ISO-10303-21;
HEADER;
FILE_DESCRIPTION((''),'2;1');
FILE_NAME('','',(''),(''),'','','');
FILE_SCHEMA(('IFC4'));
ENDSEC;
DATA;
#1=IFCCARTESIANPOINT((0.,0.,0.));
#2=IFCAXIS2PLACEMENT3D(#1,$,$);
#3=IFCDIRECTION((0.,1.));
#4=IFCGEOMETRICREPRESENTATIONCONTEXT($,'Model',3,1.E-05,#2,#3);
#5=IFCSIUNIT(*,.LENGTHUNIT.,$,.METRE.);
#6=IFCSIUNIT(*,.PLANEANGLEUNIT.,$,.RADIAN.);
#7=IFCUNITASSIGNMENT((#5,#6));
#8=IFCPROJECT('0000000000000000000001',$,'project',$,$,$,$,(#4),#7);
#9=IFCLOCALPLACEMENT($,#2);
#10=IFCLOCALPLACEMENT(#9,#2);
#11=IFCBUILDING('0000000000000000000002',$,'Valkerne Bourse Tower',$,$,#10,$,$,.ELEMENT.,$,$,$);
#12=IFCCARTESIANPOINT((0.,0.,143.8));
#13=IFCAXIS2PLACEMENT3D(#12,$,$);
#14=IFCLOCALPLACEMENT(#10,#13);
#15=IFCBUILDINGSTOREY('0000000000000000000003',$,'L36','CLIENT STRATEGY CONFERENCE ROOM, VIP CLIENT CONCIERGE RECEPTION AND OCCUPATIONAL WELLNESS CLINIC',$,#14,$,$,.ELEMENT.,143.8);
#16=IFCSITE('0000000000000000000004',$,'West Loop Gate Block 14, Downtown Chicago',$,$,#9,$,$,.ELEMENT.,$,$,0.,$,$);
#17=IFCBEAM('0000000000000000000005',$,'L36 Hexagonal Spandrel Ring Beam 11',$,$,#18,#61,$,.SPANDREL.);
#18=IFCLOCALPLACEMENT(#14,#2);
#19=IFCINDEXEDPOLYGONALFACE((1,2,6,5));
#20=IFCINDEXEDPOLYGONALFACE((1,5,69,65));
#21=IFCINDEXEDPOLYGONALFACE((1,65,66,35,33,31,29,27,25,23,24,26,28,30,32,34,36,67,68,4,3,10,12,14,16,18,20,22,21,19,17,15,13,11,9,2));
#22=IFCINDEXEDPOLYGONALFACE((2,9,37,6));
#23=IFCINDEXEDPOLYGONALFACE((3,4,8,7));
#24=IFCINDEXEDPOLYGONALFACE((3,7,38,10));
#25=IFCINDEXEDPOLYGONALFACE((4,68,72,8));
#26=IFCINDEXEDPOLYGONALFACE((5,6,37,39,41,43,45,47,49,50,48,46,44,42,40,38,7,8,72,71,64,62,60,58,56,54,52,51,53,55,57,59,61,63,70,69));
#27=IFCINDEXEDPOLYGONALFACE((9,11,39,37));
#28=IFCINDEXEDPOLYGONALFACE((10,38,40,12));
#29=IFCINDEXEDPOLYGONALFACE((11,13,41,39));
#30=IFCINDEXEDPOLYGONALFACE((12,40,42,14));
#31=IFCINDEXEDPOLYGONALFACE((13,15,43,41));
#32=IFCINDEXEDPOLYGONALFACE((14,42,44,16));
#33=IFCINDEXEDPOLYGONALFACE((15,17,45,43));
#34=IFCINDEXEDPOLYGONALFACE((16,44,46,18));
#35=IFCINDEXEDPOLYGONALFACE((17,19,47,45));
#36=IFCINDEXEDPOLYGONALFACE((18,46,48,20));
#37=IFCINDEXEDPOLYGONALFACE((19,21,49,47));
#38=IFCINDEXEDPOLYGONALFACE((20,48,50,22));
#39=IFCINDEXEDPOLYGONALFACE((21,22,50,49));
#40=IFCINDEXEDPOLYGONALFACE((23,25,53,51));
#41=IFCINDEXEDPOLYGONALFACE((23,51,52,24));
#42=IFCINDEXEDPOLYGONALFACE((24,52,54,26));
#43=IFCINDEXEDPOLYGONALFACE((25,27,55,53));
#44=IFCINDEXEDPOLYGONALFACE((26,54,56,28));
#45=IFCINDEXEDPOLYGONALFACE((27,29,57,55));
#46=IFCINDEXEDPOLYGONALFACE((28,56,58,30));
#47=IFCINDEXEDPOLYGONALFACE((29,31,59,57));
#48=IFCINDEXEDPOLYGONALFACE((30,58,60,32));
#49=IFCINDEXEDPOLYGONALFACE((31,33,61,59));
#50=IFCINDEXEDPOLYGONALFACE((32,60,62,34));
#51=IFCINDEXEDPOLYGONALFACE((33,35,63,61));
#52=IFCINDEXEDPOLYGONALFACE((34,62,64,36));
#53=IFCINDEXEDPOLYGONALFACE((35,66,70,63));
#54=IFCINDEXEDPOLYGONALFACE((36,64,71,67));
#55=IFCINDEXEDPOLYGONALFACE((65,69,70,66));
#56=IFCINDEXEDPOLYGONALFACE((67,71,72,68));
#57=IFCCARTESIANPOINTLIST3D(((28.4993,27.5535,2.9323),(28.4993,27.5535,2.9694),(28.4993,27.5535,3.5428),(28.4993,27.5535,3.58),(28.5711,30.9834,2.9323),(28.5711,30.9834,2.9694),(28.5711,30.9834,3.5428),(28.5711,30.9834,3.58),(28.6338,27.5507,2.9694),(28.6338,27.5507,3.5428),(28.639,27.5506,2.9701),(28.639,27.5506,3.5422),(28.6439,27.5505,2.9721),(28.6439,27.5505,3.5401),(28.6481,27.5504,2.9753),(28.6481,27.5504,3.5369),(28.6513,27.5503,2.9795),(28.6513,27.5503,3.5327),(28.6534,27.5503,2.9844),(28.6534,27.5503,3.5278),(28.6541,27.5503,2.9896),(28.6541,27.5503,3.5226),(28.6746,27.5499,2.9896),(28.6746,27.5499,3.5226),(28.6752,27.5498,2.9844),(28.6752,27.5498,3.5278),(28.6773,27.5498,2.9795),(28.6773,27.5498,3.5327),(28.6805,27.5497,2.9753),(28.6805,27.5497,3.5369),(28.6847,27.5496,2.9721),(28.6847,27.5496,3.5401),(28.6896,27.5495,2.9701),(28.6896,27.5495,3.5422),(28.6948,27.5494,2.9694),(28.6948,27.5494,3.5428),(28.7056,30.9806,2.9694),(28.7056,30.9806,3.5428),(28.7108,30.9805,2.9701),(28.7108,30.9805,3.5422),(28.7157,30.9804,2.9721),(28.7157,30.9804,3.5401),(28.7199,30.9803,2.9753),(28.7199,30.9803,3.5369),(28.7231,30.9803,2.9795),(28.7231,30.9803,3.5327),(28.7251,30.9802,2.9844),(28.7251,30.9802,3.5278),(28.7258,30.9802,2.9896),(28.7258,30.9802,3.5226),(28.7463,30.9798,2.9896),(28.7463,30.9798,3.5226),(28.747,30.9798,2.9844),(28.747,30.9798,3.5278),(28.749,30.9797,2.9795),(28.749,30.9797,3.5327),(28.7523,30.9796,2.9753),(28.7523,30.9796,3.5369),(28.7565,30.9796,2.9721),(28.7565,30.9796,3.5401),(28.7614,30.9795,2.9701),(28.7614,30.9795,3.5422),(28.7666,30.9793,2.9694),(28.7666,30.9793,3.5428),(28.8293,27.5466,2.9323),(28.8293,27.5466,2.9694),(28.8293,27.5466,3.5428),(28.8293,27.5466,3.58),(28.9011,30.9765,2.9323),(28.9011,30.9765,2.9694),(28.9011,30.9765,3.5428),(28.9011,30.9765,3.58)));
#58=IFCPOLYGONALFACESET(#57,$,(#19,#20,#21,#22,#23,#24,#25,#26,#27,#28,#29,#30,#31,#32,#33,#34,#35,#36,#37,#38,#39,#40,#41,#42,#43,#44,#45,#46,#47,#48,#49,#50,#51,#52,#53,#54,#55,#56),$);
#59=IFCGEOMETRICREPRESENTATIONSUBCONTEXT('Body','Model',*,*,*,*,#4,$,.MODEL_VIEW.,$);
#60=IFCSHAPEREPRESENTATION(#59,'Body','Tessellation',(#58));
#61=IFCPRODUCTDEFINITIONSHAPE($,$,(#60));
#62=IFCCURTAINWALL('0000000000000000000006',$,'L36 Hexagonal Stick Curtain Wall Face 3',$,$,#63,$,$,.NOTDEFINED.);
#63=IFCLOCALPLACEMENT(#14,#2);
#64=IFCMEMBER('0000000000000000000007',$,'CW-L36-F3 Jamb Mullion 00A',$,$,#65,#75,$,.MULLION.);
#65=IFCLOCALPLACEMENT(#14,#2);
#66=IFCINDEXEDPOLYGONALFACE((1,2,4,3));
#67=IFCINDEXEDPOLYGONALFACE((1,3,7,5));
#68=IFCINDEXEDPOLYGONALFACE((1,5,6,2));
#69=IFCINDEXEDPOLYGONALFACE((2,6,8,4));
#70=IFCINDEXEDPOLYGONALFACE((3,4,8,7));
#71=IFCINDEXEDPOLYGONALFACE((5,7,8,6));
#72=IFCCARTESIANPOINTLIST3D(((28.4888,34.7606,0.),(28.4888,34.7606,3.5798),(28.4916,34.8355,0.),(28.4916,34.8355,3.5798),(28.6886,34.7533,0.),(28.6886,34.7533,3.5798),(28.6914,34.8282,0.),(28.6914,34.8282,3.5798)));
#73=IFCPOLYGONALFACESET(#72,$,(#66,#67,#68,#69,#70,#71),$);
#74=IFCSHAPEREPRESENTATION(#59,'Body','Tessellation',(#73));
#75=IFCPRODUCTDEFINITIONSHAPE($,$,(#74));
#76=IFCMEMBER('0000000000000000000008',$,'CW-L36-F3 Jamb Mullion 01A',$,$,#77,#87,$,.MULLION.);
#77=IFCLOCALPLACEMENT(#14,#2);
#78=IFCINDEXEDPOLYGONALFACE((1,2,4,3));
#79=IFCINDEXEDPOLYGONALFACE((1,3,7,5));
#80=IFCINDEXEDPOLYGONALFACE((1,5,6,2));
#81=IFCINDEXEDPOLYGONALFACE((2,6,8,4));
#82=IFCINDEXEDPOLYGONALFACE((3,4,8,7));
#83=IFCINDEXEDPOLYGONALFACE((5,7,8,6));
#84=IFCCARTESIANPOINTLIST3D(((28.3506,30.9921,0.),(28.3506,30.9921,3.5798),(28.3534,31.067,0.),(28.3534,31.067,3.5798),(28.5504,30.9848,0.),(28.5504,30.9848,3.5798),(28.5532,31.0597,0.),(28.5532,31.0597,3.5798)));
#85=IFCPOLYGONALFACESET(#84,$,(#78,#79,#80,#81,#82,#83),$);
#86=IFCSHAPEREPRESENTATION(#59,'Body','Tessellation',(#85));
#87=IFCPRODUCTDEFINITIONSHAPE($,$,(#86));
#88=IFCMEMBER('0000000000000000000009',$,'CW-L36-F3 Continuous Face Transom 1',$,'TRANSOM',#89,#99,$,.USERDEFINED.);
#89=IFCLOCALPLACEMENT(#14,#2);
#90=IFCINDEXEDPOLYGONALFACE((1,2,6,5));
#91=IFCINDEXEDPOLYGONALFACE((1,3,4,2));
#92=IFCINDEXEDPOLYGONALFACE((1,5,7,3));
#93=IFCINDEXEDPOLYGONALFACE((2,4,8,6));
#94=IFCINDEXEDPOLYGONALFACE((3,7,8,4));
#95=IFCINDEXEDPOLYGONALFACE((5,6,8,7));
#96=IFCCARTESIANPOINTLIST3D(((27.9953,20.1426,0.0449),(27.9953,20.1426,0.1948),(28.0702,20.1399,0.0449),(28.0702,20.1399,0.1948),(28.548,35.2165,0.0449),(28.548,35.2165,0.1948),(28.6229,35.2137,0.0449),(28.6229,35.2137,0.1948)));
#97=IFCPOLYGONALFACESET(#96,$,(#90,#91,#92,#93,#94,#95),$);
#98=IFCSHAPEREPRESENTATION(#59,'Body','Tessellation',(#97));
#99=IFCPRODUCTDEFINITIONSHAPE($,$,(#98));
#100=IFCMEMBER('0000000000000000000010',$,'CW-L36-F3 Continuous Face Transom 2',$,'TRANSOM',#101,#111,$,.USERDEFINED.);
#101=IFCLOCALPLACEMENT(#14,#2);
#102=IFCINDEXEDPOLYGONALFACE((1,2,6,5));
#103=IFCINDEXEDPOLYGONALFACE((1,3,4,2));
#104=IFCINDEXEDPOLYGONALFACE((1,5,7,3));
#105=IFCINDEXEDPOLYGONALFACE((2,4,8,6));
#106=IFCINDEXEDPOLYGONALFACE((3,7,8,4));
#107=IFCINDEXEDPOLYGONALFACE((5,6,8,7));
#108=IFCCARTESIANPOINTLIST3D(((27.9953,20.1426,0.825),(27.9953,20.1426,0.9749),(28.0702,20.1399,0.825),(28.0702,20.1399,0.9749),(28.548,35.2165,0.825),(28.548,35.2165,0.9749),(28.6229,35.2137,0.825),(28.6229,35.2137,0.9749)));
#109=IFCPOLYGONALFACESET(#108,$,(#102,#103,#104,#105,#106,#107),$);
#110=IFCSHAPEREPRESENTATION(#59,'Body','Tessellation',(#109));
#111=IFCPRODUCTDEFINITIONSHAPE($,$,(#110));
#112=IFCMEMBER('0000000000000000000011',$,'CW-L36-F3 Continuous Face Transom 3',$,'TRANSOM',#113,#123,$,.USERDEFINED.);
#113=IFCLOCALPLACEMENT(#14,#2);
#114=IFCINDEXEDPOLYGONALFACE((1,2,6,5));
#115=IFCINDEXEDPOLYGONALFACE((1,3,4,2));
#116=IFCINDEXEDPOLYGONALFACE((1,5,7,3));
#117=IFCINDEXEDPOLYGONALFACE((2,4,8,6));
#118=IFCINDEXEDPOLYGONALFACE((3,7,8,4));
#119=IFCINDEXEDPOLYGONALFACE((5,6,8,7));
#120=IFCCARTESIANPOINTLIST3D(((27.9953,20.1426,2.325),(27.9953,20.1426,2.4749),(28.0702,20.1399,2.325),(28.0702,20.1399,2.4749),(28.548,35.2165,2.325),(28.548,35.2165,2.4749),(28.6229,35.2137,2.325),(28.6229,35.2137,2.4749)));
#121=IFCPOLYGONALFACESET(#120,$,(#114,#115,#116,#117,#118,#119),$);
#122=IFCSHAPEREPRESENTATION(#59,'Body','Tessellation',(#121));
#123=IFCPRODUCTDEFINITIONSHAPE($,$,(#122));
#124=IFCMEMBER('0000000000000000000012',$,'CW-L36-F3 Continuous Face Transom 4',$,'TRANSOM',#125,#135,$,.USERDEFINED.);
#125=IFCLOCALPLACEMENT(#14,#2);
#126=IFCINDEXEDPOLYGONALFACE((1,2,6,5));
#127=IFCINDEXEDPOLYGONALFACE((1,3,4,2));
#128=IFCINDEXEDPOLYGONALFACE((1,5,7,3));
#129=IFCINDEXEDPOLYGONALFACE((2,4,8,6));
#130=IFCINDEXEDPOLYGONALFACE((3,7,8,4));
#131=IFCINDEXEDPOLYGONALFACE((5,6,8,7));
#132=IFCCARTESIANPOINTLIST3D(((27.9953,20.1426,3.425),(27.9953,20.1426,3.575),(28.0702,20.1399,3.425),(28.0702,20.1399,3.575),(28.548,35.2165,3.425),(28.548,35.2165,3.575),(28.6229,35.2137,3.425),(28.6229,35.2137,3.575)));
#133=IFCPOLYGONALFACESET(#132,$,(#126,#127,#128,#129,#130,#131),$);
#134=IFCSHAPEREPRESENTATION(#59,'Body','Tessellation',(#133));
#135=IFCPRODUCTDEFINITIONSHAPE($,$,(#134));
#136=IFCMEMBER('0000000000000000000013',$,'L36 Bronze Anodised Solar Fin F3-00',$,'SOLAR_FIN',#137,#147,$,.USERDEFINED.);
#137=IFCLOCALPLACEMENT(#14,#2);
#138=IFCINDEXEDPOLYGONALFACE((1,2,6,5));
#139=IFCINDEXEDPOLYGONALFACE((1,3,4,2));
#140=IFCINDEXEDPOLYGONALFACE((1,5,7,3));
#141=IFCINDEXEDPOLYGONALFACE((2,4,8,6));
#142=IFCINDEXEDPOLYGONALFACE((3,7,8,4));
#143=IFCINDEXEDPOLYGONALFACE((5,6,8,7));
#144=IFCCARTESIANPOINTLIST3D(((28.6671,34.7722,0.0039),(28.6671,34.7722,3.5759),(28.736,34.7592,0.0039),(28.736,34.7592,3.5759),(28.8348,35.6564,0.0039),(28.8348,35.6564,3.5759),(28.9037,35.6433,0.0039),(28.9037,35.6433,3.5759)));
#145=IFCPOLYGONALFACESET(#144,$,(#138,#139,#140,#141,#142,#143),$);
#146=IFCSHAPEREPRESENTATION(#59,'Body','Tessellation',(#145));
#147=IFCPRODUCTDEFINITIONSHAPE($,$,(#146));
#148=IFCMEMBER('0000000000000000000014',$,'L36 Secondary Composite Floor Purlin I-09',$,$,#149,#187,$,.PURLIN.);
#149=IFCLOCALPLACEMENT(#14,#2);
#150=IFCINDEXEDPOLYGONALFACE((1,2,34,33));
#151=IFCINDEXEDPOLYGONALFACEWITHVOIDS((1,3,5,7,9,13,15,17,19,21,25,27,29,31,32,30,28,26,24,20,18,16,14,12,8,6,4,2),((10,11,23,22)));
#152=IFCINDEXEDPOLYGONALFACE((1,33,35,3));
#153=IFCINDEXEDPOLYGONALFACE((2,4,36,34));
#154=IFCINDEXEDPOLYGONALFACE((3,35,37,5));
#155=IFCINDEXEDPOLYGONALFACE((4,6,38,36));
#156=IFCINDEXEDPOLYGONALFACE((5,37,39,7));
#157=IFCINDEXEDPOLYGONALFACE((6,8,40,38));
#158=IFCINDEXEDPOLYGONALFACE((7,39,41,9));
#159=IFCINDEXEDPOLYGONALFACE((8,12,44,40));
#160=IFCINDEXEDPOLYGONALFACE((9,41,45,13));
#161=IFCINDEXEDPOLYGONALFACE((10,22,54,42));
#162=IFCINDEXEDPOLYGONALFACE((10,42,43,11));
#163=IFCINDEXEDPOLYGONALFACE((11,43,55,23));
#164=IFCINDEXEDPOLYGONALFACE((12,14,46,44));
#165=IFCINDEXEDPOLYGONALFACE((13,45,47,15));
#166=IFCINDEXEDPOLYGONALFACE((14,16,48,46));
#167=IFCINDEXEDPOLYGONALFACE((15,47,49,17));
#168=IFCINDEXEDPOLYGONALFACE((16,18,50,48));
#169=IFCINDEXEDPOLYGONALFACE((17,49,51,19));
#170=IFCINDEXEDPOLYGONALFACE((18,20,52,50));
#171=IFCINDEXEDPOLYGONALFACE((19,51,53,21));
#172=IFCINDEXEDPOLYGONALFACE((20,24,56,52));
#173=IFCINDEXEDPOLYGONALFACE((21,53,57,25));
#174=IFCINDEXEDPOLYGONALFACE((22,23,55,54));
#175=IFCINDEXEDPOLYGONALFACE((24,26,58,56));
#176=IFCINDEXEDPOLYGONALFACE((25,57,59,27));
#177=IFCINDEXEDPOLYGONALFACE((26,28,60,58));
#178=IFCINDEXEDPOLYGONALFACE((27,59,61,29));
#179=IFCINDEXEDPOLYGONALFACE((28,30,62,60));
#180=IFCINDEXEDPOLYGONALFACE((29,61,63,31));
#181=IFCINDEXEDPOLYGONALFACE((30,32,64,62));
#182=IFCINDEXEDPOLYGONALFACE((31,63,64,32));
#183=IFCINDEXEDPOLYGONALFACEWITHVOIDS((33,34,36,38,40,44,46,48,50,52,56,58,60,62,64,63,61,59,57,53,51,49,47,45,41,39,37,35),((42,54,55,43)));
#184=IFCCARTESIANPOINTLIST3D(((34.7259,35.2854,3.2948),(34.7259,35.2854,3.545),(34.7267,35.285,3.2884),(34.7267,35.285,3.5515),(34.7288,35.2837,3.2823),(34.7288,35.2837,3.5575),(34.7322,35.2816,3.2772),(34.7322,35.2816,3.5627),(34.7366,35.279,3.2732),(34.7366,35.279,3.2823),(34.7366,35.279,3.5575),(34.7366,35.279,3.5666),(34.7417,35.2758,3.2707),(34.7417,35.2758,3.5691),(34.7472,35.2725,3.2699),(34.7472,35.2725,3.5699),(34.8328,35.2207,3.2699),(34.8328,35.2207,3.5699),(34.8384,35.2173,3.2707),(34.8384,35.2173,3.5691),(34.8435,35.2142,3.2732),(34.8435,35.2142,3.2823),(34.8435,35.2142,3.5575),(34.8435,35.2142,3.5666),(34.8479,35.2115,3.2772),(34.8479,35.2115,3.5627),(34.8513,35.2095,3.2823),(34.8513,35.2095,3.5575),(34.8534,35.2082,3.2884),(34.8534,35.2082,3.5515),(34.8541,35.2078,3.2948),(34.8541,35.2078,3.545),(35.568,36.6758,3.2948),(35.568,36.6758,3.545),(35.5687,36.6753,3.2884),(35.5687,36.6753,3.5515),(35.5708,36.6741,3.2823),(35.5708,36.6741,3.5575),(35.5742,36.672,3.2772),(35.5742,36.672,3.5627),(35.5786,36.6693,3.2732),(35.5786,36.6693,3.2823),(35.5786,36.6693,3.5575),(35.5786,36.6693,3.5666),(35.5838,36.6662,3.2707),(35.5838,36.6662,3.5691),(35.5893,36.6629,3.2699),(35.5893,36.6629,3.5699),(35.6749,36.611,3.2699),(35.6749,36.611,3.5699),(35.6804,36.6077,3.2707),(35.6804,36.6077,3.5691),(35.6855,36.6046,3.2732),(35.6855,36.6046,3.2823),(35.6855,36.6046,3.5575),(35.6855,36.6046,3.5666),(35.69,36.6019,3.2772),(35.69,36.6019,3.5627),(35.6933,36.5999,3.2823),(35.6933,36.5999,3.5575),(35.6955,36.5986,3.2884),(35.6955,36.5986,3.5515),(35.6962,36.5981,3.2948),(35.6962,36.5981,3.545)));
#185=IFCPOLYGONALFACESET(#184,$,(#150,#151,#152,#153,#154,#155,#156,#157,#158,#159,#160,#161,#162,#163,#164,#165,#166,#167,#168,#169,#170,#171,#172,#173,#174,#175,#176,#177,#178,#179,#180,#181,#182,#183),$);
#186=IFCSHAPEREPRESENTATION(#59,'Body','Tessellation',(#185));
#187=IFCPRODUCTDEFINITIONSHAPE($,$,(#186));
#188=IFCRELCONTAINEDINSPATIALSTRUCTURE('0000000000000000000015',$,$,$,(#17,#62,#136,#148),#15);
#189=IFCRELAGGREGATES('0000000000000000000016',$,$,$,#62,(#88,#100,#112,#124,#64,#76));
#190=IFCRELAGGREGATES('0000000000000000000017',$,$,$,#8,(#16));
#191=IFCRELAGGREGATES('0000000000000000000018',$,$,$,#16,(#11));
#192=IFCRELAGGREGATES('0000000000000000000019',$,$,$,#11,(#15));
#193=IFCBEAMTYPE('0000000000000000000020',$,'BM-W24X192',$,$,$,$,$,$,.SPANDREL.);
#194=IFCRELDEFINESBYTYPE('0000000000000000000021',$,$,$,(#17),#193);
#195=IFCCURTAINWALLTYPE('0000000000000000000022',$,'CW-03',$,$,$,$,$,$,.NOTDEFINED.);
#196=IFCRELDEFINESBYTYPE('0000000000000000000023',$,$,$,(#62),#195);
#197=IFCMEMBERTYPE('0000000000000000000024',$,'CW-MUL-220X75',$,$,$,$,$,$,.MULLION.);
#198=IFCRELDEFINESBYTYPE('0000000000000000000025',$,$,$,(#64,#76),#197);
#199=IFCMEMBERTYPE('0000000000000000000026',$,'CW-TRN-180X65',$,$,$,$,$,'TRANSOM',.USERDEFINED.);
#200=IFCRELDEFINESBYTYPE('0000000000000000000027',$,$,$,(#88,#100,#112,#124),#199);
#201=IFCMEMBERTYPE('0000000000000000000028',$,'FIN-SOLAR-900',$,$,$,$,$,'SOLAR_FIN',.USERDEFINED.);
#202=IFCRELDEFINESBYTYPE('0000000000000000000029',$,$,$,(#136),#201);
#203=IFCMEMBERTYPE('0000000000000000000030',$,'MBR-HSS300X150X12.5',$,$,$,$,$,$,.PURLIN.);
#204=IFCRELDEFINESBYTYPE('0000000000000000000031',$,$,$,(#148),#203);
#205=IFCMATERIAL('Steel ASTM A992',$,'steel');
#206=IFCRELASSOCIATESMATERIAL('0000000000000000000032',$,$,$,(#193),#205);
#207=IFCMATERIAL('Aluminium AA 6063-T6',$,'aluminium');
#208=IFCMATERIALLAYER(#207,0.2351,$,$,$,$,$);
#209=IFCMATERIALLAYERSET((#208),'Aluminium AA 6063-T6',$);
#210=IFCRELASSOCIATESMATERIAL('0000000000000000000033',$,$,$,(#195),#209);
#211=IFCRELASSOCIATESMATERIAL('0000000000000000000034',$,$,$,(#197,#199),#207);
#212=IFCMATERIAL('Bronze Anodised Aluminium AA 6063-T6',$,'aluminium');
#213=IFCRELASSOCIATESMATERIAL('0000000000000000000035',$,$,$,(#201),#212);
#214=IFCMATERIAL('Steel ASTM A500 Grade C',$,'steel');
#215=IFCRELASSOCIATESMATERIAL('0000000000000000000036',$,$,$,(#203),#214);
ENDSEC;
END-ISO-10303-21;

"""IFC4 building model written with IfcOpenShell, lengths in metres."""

from ifc_helpers import new_model, si_unit, direction, frame, origin, origin_2d, place, context, subcontext, project, spatial, rectangle, hollow_rectangle, i_section, extrude, material, layer, layer_set, material_profile, profile_set, type_object, element, aggregate, save


model = new_model("IFC4")

# Units and contexts
model_context = context("Model", 3, precision=1e-05, world=origin(), true_north=direction((0.0, 1.0)))
body_context = subcontext(model_context, "Body", "Model", "MODEL_VIEW")
ifc_project = project(units=[si_unit("LENGTHUNIT", "METRE"), si_unit("PLANEANGLEUNIT", "RADIAN")], contexts=[model_context])

# Site, building, storey
site_placement = place(None, origin())
site = spatial("IfcSite", under=ifc_project, at=site_placement, Name="West Loop Gate Block 14, Downtown Chicago", CompositionType="ELEMENT", RefElevation=0.0)
building_placement = place(site_placement, origin())
building = spatial("IfcBuilding", under=site, at=building_placement, Name="Valkerne Bourse Tower", CompositionType="ELEMENT")
storey_placement = place(building_placement, frame((0.0, 0.0, 143.8)))
storey = spatial("IfcBuildingStorey", under=building, at=storey_placement, Name="L36", Description="CLIENT STRATEGY CONFERENCE ROOM, VIP CLIENT CONCIERGE RECEPTION AND OCCUPATIONAL WELLNESS CLINIC", CompositionType="ELEMENT", Elevation=143.8)

# Beam
ifc_material_1 = material(Name="Steel ASTM A992", Category="steel")
ifc_material_profile_1 = material_profile(ifc_material_1, i_section(OverallWidth=0.3301, OverallDepth=0.6477, WebThickness=0.0205, FlangeThickness=0.0371, FilletRadius=0.0203, at=origin_2d()), Name="W24X192")
ifc_profile_set_1 = profile_set([ifc_material_profile_1], Name="Steel ASTM A992")
beam_type_1 = type_object("IfcBeamType", Name="BM-W24X192", PredefinedType="SPANDREL", material=ifc_profile_set_1)
beam_1_placement = place(storey_placement, frame((28.7361, 30.98, 3.2561), z_axis=(-0.020922, -0.999781, 0.0), x_axis=(0.999781, -0.020922, 0.0)))
element("IfcBeam", 1, at=beam_1_placement, inside=storey, type_object=beam_type_1, Name="L36 Hexagonal Spandrel Ring Beam 11", PredefinedType="SPANDREL", context=body_context, shape_type="SweptSolid", body=[
    extrude(i_section(OverallWidth=0.3301, OverallDepth=0.6477, WebThickness=0.0205, FlangeThickness=0.0371, FilletRadius=0.0203, at=origin_2d()), origin(), (0.0, 0.0, 1.0), 3.4307),
])

# Curtain wall, members
ifc_material_2 = material(Name="Aluminium AA 6063-T6", Category="aluminium")
ifc_layer_1 = layer(ifc_material_2, 0.2351)
ifc_layer_set_1 = layer_set([ifc_layer_1], Name="Aluminium AA 6063-T6")
curtain_wall_type = type_object("IfcCurtainWallType", Name="CW-03", PredefinedType="NOTDEFINED", material=ifc_layer_set_1)
curtain_wall_placement = place(storey_placement, origin())
curtain_wall = element("IfcCurtainWall", 2, at=curtain_wall_placement, inside=storey, type_object=curtain_wall_type, Name="L36 Hexagonal Stick Curtain Wall Face 3", PredefinedType="NOTDEFINED")
ifc_material_profile_2 = material_profile(ifc_material_2, rectangle(XDim=0.075, YDim=0.2, at=origin_2d()), Name="CWM-75X200")
ifc_profile_set_2 = profile_set([ifc_material_profile_2], Name="Aluminium AA 6063-T6")
member_type_1 = type_object("IfcMemberType", Name="CW-MUL-220X75", PredefinedType="MULLION", material=ifc_profile_set_2)
member_1_placement = place(storey_placement, frame((28.5901, 34.7944, 0.0), z_axis=(0.0, 0.0, 1.0), x_axis=(-0.036648, -0.999328, 0.0)))
member_1 = element("IfcMember", 3, at=member_1_placement, type_object=member_type_1, Name="CW-L36-F3 Jamb Mullion 00A", PredefinedType="MULLION", context=body_context, shape_type="SweptSolid", body=[
    extrude(rectangle(XDim=0.075, YDim=0.2, at=origin_2d()), origin(), (0.0, 0.0, 1.0), 3.5798),
])
member_2_placement = place(storey_placement, frame((28.4519, 31.0259, 0.0), z_axis=(0.0, 0.0, 1.0), x_axis=(-0.036621, -0.999329, 0.0)))
member_2 = element("IfcMember", 4, at=member_2_placement, type_object=member_type_1, Name="CW-L36-F3 Jamb Mullion 01A", PredefinedType="MULLION", context=body_context, shape_type="SweptSolid", body=[
    extrude(rectangle(XDim=0.075, YDim=0.2, at=origin_2d()), origin(), (0.0, 0.0, 1.0), 3.5798),
])
ifc_material_profile_3 = material_profile(ifc_material_2, rectangle(XDim=0.075, YDim=0.1499, at=origin_2d()), Name="CWT-75X150")
ifc_profile_set_3 = profile_set([ifc_material_profile_3], Name="Aluminium AA 6063-T6")
member_type_2 = type_object("IfcMemberType", Name="CW-TRN-180X65", ElementType="TRANSOM", PredefinedType="USERDEFINED", material=ifc_profile_set_3)
member_3_placement = place(storey_placement, frame((28.5854, 35.2151, 0.1199), z_axis=(-0.036643, -0.999328, 0.0), x_axis=(0.999328, -0.036643, 0.0)))
member_3 = element("IfcMember", 5, at=member_3_placement, type_object=member_type_2, Name="CW-L36-F3 Continuous Face Transom 1", ObjectType="TRANSOM", PredefinedType="USERDEFINED", context=body_context, shape_type="SweptSolid", body=[
    extrude(rectangle(XDim=0.075, YDim=0.1499, at=origin_2d()), origin(), (0.0, 0.0, 1.0), 15.084),
])
member_4_placement = place(storey_placement, frame((28.5854, 35.2151, 0.8999), z_axis=(-0.036643, -0.999328, 0.0), x_axis=(0.999328, -0.036643, 0.0)))
member_4 = element("IfcMember", 6, at=member_4_placement, type_object=member_type_2, Name="CW-L36-F3 Continuous Face Transom 2", ObjectType="TRANSOM", PredefinedType="USERDEFINED", context=body_context, shape_type="SweptSolid", body=[
    extrude(rectangle(XDim=0.075, YDim=0.1499, at=origin_2d()), origin(), (0.0, 0.0, 1.0), 15.084),
])
member_5_placement = place(storey_placement, frame((28.5854, 35.2151, 2.3999), z_axis=(-0.036643, -0.999328, 0.0), x_axis=(0.999328, -0.036643, 0.0)))
member_5 = element("IfcMember", 7, at=member_5_placement, type_object=member_type_2, Name="CW-L36-F3 Continuous Face Transom 3", ObjectType="TRANSOM", PredefinedType="USERDEFINED", context=body_context, shape_type="SweptSolid", body=[
    extrude(rectangle(XDim=0.075, YDim=0.1499, at=origin_2d()), origin(), (0.0, 0.0, 1.0), 15.084),
])
member_6_placement = place(storey_placement, frame((28.5854, 35.2151, 3.5), z_axis=(-0.036643, -0.999328, 0.0), x_axis=(0.999328, -0.036643, 0.0)))
member_6 = element("IfcMember", 8, at=member_6_placement, type_object=member_type_2, Name="CW-L36-F3 Continuous Face Transom 4", ObjectType="TRANSOM", PredefinedType="USERDEFINED", context=body_context, shape_type="SweptSolid", body=[
    extrude(rectangle(XDim=0.075, YDim=0.1499, at=origin_2d()), origin(), (0.0, 0.0, 1.0), 15.084),
])

# Members
ifc_material_3 = material(Name="Bronze Anodised Aluminium AA 6063-T6", Category="aluminium")
ifc_material_profile_4 = material_profile(ifc_material_3, rectangle(XDim=0.0701, YDim=0.8999, at=origin_2d()), Name="FIN-70X900")
ifc_profile_set_4 = profile_set([ifc_material_profile_4], Name="Bronze Anodised Aluminium AA 6063-T6")
member_type_3 = type_object("IfcMemberType", Name="FIN-SOLAR-900", ElementType="SOLAR_FIN", PredefinedType="USERDEFINED", material=ifc_profile_set_4)
member_7_placement = place(storey_placement, frame((28.7854, 35.2078, 0.0039), z_axis=(0.0, 0.0, 1.0), x_axis=(-0.982487, 0.186332, 0.0)))
element("IfcMember", 9, at=member_7_placement, inside=storey, type_object=member_type_3, Name="L36 Bronze Anodised Solar Fin F3-00", ObjectType="SOLAR_FIN", PredefinedType="USERDEFINED", context=body_context, shape_type="SweptSolid", body=[
    extrude(rectangle(XDim=0.0701, YDim=0.8999, at=origin_2d()), origin(), (0.0, 0.0, 1.0), 3.572),
])
ifc_material_4 = material(Name="Steel ASTM A500 Grade C", Category="steel")
ifc_material_profile_5 = material_profile(ifc_material_4, hollow_rectangle(XDim=0.1499, YDim=0.3, WallThickness=0.0125, OuterFilletRadius=0.0249, at=origin_2d()), Name="HSS300X150X12.5")
ifc_profile_set_5 = profile_set([ifc_material_profile_5], Name="Steel ASTM A500 Grade C")
member_type_4 = type_object("IfcMemberType", Name="MBR-HSS300X150X12.5", PredefinedType="PURLIN", material=ifc_profile_set_5)
member_8_placement = place(storey_placement, frame((35.6321, 36.637, 3.4199), z_axis=(-0.518025, -0.855365, 0.0), x_axis=(0.855365, -0.518025, 0.0)))
element("IfcMember", 10, at=member_8_placement, inside=storey, type_object=member_type_4, Name="L36 Secondary Composite Floor Purlin I-09", PredefinedType="PURLIN", context=body_context, shape_type="SweptSolid", body=[
    extrude(hollow_rectangle(XDim=0.1499, YDim=0.3, WallThickness=0.0125, OuterFilletRadius=0.0249, at=origin_2d()), origin(), (0.0, 0.0, 1.0), 1.6255),
])

aggregate(curtain_wall, [member_3, member_4, member_5, member_6, member_1, member_2])

save(model, "model.ifc")
